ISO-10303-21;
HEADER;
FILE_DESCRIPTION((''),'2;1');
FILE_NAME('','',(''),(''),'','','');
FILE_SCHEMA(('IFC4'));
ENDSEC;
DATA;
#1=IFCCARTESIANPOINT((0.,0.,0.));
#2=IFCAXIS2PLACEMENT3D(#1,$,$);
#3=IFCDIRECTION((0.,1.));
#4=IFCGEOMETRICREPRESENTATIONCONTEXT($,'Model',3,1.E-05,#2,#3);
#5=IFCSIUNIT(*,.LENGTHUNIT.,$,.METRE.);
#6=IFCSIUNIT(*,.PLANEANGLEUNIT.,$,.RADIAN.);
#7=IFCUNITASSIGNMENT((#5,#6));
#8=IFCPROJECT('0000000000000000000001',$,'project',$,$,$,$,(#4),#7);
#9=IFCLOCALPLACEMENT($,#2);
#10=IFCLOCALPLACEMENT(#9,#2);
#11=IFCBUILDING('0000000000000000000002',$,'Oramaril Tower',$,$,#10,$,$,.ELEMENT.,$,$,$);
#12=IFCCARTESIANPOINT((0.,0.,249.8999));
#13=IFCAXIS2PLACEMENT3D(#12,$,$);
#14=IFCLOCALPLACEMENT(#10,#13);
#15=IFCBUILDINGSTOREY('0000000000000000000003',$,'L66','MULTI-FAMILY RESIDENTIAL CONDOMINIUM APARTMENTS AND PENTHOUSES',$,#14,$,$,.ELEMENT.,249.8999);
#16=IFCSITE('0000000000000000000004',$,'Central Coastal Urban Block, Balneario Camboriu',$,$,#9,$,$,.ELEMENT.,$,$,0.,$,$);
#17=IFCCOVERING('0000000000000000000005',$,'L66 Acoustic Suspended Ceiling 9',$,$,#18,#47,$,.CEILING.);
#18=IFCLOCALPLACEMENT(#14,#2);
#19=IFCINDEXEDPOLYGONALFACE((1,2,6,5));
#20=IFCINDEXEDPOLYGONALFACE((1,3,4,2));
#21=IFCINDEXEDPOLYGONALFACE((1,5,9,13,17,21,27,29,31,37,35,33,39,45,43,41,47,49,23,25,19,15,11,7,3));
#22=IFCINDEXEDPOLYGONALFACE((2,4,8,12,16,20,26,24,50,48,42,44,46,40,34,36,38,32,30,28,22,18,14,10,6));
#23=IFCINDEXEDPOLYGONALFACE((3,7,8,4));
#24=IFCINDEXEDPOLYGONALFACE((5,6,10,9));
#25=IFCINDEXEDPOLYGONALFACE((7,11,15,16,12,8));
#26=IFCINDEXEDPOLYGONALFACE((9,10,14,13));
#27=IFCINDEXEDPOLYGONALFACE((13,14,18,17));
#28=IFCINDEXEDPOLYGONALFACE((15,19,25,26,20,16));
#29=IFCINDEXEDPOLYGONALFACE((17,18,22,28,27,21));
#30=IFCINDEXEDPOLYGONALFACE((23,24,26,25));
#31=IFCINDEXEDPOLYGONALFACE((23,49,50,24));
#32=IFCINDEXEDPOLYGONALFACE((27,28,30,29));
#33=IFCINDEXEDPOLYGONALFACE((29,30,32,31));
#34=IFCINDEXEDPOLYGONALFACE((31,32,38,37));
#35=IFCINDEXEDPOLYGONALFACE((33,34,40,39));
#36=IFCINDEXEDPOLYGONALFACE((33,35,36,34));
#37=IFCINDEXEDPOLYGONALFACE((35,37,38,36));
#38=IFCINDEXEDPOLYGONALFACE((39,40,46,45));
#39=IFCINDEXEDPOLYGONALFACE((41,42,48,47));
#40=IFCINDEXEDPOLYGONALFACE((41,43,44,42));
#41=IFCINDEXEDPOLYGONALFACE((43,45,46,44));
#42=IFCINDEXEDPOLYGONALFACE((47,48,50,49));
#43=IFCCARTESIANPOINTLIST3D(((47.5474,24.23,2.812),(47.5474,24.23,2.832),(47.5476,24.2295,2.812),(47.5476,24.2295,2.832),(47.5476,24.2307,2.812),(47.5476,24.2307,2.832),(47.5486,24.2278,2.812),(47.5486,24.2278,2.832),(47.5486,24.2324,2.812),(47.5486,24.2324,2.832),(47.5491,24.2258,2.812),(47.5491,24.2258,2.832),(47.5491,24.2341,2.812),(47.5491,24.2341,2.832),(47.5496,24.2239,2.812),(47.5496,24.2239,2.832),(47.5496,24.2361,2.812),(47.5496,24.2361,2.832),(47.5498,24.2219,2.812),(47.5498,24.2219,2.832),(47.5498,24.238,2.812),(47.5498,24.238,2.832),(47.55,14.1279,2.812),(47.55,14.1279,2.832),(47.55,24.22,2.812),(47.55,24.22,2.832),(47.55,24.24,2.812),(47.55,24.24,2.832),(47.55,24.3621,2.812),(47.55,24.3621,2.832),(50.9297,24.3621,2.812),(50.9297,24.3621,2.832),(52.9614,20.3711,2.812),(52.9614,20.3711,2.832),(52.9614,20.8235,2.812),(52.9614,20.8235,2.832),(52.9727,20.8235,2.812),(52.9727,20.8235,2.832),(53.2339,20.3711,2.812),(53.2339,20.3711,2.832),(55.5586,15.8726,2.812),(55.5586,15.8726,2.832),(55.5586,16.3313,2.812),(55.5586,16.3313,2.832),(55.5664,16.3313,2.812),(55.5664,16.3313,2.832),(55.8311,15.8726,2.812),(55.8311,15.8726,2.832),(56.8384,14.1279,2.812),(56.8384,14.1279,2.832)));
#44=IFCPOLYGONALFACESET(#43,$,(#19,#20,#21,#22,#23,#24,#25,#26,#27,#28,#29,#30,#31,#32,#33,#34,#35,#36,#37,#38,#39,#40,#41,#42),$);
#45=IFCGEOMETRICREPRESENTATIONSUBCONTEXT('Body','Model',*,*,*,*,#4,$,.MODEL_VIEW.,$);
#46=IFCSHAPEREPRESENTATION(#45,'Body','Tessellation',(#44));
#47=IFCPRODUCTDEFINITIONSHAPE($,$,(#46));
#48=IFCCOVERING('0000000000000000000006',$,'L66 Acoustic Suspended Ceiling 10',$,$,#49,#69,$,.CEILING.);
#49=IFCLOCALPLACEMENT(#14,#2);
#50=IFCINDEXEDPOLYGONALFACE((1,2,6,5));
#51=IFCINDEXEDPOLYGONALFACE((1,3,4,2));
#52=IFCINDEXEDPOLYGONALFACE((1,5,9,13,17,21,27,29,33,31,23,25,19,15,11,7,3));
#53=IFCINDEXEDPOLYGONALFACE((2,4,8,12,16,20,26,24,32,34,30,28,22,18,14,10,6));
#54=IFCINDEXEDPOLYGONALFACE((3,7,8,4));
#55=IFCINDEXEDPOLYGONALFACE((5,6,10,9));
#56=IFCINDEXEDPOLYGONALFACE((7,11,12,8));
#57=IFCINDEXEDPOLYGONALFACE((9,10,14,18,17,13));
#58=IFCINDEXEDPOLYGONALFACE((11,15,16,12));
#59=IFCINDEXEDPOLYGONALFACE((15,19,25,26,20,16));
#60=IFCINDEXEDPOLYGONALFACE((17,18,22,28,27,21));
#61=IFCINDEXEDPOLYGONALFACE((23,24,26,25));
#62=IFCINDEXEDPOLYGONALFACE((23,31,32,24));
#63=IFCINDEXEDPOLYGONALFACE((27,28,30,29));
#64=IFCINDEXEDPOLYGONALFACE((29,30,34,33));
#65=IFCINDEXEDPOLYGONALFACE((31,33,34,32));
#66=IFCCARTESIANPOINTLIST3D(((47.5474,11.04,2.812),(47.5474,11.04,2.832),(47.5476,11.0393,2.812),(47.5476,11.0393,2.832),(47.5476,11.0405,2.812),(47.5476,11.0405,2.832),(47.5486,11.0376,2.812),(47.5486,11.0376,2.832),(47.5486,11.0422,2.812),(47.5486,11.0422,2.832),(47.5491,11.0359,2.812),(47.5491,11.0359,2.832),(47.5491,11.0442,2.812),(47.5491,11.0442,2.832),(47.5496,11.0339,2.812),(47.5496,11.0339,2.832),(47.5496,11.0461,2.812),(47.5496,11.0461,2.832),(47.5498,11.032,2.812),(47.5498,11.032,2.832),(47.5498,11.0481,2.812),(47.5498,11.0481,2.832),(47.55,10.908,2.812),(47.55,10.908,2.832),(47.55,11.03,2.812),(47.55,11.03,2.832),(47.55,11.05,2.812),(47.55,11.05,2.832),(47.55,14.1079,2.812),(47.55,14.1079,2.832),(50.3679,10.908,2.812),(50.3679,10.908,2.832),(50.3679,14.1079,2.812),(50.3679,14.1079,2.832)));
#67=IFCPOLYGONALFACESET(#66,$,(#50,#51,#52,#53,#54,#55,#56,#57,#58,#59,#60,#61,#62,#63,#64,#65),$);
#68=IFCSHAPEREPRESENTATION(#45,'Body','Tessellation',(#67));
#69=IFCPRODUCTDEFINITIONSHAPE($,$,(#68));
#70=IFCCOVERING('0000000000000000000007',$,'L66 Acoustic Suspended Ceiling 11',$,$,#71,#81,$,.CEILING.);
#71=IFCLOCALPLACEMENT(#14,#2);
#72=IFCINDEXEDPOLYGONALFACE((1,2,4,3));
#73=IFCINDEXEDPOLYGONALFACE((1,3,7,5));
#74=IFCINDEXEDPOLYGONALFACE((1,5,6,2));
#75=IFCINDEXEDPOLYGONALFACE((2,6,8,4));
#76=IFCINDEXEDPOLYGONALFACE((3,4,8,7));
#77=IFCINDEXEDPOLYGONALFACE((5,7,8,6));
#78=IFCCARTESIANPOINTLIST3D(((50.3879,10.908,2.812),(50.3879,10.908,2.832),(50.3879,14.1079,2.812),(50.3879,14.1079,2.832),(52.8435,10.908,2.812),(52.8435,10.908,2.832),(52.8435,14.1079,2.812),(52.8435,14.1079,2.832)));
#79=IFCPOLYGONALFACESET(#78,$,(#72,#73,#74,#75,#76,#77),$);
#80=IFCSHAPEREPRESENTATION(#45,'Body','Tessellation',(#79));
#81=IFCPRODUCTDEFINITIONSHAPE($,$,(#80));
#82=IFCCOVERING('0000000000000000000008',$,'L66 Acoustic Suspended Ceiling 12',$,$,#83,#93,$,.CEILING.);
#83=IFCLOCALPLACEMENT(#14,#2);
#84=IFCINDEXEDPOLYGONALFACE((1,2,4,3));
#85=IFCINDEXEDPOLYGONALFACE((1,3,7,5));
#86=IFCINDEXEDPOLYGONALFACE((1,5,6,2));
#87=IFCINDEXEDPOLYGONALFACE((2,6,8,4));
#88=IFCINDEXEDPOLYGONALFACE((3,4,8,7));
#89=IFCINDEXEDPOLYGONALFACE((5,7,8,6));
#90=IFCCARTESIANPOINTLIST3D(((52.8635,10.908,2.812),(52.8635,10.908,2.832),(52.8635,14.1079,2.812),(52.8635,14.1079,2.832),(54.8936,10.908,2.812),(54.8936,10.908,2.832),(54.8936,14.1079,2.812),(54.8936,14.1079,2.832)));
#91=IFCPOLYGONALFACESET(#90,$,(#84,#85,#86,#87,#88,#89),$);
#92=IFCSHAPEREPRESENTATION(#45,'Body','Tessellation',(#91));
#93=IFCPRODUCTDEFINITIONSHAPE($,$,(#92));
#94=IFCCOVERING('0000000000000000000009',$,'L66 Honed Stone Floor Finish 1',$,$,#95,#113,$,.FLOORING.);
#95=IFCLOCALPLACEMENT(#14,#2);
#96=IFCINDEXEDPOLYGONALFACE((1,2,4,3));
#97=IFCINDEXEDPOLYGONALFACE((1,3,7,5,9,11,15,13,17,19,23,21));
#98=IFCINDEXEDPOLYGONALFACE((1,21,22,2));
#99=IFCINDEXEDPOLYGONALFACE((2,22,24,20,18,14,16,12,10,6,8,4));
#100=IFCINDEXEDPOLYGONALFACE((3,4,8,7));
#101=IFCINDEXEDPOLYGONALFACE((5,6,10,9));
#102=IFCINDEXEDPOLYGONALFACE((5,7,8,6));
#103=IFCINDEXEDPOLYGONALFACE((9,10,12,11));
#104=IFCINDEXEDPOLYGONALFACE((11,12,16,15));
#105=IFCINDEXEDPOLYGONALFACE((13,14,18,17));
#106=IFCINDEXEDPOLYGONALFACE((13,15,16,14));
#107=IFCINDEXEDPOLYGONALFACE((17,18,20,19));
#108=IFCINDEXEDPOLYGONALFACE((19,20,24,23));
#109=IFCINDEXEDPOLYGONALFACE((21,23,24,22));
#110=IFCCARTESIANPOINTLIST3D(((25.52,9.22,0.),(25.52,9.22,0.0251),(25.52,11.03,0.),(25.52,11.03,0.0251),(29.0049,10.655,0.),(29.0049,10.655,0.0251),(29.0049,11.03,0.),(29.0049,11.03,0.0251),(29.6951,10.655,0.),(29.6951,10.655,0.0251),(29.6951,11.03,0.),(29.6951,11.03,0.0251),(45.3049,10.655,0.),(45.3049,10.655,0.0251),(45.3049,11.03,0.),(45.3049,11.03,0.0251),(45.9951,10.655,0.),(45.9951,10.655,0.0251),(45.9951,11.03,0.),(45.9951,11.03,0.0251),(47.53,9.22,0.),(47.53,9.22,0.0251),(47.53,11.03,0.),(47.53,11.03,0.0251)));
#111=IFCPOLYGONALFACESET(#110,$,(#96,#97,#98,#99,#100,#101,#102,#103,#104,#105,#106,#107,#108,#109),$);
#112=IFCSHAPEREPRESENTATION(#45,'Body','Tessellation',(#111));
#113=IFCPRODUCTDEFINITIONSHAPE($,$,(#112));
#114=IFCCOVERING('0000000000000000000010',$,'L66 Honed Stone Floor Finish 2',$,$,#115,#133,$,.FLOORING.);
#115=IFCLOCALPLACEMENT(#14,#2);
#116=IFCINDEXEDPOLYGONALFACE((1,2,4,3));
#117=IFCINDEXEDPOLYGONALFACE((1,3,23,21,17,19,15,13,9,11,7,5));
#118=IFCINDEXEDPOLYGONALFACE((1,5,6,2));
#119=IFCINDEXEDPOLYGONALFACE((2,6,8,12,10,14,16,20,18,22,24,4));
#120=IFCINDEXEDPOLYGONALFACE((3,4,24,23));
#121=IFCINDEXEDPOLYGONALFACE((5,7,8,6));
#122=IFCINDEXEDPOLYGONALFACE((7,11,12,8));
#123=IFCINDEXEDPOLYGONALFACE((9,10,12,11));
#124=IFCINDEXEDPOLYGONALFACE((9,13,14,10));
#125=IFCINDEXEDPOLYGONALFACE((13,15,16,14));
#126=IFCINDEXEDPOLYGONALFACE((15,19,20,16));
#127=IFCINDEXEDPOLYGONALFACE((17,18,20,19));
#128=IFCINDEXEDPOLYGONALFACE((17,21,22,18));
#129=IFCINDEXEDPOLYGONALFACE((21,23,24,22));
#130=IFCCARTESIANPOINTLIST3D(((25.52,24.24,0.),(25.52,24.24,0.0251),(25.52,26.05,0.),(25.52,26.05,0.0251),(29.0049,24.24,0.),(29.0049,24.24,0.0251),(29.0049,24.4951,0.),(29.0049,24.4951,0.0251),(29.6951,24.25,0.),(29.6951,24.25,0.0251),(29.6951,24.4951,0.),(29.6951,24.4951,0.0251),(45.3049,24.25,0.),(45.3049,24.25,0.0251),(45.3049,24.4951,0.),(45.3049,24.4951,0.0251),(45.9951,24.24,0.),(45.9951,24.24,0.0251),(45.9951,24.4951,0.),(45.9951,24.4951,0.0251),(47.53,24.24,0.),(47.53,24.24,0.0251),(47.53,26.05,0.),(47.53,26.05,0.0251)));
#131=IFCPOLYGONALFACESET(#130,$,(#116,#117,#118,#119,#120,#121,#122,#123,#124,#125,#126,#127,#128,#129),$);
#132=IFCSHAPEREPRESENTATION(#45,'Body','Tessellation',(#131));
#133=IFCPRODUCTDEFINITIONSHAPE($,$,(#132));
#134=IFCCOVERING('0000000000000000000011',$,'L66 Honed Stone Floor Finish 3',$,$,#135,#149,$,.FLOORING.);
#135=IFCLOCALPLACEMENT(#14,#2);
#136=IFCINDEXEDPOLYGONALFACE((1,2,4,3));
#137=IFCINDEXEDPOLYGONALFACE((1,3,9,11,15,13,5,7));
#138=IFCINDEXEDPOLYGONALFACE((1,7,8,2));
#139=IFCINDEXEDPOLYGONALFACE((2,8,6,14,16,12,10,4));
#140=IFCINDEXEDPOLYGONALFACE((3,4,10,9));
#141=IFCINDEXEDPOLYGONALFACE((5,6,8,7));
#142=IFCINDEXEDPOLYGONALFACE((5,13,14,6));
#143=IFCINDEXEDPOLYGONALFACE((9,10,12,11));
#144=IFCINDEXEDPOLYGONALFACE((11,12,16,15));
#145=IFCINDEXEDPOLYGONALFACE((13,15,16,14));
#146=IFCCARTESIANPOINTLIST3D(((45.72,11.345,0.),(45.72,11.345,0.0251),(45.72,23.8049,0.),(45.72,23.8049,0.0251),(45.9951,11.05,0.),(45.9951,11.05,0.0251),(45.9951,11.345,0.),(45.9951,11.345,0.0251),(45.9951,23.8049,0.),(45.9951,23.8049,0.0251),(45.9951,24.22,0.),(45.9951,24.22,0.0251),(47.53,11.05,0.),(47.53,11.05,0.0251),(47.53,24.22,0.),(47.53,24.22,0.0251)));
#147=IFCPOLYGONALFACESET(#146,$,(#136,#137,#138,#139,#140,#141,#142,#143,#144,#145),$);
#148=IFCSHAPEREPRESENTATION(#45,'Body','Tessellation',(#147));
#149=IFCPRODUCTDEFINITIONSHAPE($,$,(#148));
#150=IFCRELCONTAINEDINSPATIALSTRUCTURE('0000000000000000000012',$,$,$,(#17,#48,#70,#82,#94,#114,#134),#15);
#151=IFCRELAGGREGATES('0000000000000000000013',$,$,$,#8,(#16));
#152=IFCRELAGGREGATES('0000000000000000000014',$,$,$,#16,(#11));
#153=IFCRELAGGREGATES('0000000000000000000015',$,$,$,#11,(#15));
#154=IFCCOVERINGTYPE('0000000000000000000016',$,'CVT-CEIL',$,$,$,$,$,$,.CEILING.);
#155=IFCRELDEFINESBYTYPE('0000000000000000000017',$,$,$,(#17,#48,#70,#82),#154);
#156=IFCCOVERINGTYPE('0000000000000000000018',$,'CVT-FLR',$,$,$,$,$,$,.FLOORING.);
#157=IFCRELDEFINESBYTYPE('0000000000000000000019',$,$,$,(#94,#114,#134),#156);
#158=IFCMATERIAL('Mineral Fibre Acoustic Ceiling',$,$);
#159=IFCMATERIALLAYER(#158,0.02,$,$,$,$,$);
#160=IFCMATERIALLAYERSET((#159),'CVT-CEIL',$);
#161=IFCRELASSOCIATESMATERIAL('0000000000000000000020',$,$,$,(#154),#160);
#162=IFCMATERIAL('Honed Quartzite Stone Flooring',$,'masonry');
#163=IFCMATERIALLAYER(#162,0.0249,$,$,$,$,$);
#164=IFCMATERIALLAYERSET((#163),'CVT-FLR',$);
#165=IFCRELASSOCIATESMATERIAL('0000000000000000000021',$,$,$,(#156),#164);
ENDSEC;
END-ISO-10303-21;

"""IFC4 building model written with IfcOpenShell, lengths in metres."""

from ifc_helpers import new_model, si_unit, direction, frame, origin, place, context, subcontext, project, spatial, polyline, outline, extrude, material, layer, layer_set, type_object, element, save


model = new_model("IFC4")

# Units and contexts
model_context = context("Model", 3, precision=1e-05, world=origin(), true_north=direction((0.0, 1.0)))
body_context = subcontext(model_context, "Body", "Model", "MODEL_VIEW")
ifc_project = project(units=[si_unit("LENGTHUNIT", "METRE"), si_unit("PLANEANGLEUNIT", "RADIAN")], contexts=[model_context])

# Site, building, storey
site_placement = place(None, origin())
site = spatial("IfcSite", under=ifc_project, at=site_placement, Name="Central Coastal Urban Block, Balneario Camboriu", CompositionType="ELEMENT", RefElevation=0.0)
building_placement = place(site_placement, origin())
building = spatial("IfcBuilding", under=site, at=building_placement, Name="Oramaril Tower", CompositionType="ELEMENT")
storey_placement = place(building_placement, frame((0.0, 0.0, 249.8999)))
storey = spatial("IfcBuildingStorey", under=building, at=storey_placement, Name="L66", Description="MULTI-FAMILY RESIDENTIAL CONDOMINIUM APARTMENTS AND PENTHOUSES", CompositionType="ELEMENT", Elevation=249.8999)

# Coverings
ifc_material_1 = material(Name="Mineral Fibre Acoustic Ceiling")
ifc_layer_1 = layer(ifc_material_1, 0.02)
ifc_layer_set_1 = layer_set([ifc_layer_1], Name="CVT-CEIL")
covering_type_1 = type_object("IfcCoveringType", Name="CVT-CEIL", PredefinedType="CEILING", material=ifc_layer_set_1)
covering_1_placement = place(storey_placement, frame((0.0, 0.0, 2.812)))
element("IfcCovering", 1, at=covering_1_placement, inside=storey, type_object=covering_type_1, Name="L66 Acoustic Suspended Ceiling 9", PredefinedType="CEILING", context=body_context, shape_type="SweptSolid", body=[
    extrude(outline(polyline([(52.9727, 20.8235), (52.9614, 20.8235), (52.9614, 20.3711), (53.2339, 20.3711), (55.5664, 16.3313), (55.5586, 16.3313), (55.5586, 15.8726), (55.8311, 15.8726), (56.8384, 14.1279), (47.55, 14.1279), (47.55, 24.22), (47.5498, 24.2219), (47.5496, 24.2239), (47.5491, 24.2258), (47.5486, 24.2278), (47.5476, 24.2295), (47.5474, 24.23), (47.5476, 24.2307), (47.5486, 24.2324), (47.5491, 24.2341), (47.5496, 24.2361), (47.5498, 24.238), (47.55, 24.24), (47.55, 24.3621), (50.9297, 24.3621), (52.9727, 20.8235)])), origin(), (0.0, 0.0, 1.0), 0.02),
])
covering_2_placement = place(storey_placement, frame((0.0, 0.0, 2.812)))
element("IfcCovering", 2, at=covering_2_placement, inside=storey, type_object=covering_type_1, Name="L66 Acoustic Suspended Ceiling 10", PredefinedType="CEILING", context=body_context, shape_type="SweptSolid", body=[
    extrude(outline(polyline([(50.3679, 10.908), (47.55, 10.908), (47.55, 11.03), (47.5498, 11.032), (47.5496, 11.0339), (47.5491, 11.0359), (47.5486, 11.0376), (47.5476, 11.0393), (47.5474, 11.04), (47.5476, 11.0405), (47.5486, 11.0422), (47.5491, 11.0442), (47.5496, 11.0461), (47.5498, 11.0481), (47.55, 11.05), (47.55, 14.1079), (50.3679, 14.1079), (50.3679, 10.908)])), origin(), (0.0, 0.0, 1.0), 0.02),
])
covering_3_placement = place(storey_placement, frame((0.0, 0.0, 2.812)))
element("IfcCovering", 3, at=covering_3_placement, inside=storey, type_object=covering_type_1, Name="L66 Acoustic Suspended Ceiling 11", PredefinedType="CEILING", context=body_context, shape_type="SweptSolid", body=[
    extrude(outline(polyline([(50.3879, 10.908), (50.3879, 14.1079), (52.8435, 14.1079), (52.8435, 10.908), (50.3879, 10.908)])), origin(), (0.0, 0.0, 1.0), 0.02),
])
covering_4_placement = place(storey_placement, frame((0.0, 0.0, 2.812)))
element("IfcCovering", 4, at=covering_4_placement, inside=storey, type_object=covering_type_1, Name="L66 Acoustic Suspended Ceiling 12", PredefinedType="CEILING", context=body_context, shape_type="SweptSolid", body=[
    extrude(outline(polyline([(52.8635, 10.908), (52.8635, 14.1079), (54.8936, 14.1079), (54.8936, 10.908), (52.8635, 10.908)])), origin(), (0.0, 0.0, 1.0), 0.02),
])
ifc_material_2 = material(Name="Honed Quartzite Stone Flooring", Category="masonry")
ifc_layer_2 = layer(ifc_material_2, 0.0249)
ifc_layer_set_2 = layer_set([ifc_layer_2], Name="CVT-FLR")
covering_type_2 = type_object("IfcCoveringType", Name="CVT-FLR", PredefinedType="FLOORING", material=ifc_layer_set_2)
covering_5_placement = place(storey_placement, origin())
element("IfcCovering", 5, at=covering_5_placement, inside=storey, type_object=covering_type_2, Name="L66 Honed Stone Floor Finish 1", PredefinedType="FLOORING", context=body_context, shape_type="SweptSolid", body=[
    extrude(outline(polyline([(29.0049, 10.655), (29.6951, 10.655), (29.6951, 11.03), (45.3049, 11.03), (45.3049, 10.655), (45.9951, 10.655), (45.9951, 11.03), (47.53, 11.03), (47.53, 9.22), (25.52, 9.22), (25.52, 11.03), (29.0049, 11.03), (29.0049, 10.655)])), origin(), (0.0, 0.0, 1.0), 0.0251),
])
covering_6_placement = place(storey_placement, origin())
element("IfcCovering", 6, at=covering_6_placement, inside=storey, type_object=covering_type_2, Name="L66 Honed Stone Floor Finish 2", PredefinedType="FLOORING", context=body_context, shape_type="SweptSolid", body=[
    extrude(outline(polyline([(47.53, 24.24), (45.9951, 24.24), (45.9951, 24.4951), (45.3049, 24.4951), (45.3049, 24.25), (29.6951, 24.25), (29.6951, 24.4951), (29.0049, 24.4951), (29.0049, 24.24), (25.52, 24.24), (25.52, 26.05), (47.53, 26.05), (47.53, 24.24)])), origin(), (0.0, 0.0, 1.0), 0.0251),
])
covering_7_placement = place(storey_placement, origin())
element("IfcCovering", 7, at=covering_7_placement, inside=storey, type_object=covering_type_2, Name="L66 Honed Stone Floor Finish 3", PredefinedType="FLOORING", context=body_context, shape_type="SweptSolid", body=[
    extrude(outline(polyline([(47.53, 11.05), (45.9951, 11.05), (45.9951, 11.345), (45.72, 11.345), (45.72, 23.8049), (45.9951, 23.8049), (45.9951, 24.22), (47.53, 24.22), (47.53, 11.05)])), origin(), (0.0, 0.0, 1.0), 0.0251),
])

save(model, "model.ifc")
